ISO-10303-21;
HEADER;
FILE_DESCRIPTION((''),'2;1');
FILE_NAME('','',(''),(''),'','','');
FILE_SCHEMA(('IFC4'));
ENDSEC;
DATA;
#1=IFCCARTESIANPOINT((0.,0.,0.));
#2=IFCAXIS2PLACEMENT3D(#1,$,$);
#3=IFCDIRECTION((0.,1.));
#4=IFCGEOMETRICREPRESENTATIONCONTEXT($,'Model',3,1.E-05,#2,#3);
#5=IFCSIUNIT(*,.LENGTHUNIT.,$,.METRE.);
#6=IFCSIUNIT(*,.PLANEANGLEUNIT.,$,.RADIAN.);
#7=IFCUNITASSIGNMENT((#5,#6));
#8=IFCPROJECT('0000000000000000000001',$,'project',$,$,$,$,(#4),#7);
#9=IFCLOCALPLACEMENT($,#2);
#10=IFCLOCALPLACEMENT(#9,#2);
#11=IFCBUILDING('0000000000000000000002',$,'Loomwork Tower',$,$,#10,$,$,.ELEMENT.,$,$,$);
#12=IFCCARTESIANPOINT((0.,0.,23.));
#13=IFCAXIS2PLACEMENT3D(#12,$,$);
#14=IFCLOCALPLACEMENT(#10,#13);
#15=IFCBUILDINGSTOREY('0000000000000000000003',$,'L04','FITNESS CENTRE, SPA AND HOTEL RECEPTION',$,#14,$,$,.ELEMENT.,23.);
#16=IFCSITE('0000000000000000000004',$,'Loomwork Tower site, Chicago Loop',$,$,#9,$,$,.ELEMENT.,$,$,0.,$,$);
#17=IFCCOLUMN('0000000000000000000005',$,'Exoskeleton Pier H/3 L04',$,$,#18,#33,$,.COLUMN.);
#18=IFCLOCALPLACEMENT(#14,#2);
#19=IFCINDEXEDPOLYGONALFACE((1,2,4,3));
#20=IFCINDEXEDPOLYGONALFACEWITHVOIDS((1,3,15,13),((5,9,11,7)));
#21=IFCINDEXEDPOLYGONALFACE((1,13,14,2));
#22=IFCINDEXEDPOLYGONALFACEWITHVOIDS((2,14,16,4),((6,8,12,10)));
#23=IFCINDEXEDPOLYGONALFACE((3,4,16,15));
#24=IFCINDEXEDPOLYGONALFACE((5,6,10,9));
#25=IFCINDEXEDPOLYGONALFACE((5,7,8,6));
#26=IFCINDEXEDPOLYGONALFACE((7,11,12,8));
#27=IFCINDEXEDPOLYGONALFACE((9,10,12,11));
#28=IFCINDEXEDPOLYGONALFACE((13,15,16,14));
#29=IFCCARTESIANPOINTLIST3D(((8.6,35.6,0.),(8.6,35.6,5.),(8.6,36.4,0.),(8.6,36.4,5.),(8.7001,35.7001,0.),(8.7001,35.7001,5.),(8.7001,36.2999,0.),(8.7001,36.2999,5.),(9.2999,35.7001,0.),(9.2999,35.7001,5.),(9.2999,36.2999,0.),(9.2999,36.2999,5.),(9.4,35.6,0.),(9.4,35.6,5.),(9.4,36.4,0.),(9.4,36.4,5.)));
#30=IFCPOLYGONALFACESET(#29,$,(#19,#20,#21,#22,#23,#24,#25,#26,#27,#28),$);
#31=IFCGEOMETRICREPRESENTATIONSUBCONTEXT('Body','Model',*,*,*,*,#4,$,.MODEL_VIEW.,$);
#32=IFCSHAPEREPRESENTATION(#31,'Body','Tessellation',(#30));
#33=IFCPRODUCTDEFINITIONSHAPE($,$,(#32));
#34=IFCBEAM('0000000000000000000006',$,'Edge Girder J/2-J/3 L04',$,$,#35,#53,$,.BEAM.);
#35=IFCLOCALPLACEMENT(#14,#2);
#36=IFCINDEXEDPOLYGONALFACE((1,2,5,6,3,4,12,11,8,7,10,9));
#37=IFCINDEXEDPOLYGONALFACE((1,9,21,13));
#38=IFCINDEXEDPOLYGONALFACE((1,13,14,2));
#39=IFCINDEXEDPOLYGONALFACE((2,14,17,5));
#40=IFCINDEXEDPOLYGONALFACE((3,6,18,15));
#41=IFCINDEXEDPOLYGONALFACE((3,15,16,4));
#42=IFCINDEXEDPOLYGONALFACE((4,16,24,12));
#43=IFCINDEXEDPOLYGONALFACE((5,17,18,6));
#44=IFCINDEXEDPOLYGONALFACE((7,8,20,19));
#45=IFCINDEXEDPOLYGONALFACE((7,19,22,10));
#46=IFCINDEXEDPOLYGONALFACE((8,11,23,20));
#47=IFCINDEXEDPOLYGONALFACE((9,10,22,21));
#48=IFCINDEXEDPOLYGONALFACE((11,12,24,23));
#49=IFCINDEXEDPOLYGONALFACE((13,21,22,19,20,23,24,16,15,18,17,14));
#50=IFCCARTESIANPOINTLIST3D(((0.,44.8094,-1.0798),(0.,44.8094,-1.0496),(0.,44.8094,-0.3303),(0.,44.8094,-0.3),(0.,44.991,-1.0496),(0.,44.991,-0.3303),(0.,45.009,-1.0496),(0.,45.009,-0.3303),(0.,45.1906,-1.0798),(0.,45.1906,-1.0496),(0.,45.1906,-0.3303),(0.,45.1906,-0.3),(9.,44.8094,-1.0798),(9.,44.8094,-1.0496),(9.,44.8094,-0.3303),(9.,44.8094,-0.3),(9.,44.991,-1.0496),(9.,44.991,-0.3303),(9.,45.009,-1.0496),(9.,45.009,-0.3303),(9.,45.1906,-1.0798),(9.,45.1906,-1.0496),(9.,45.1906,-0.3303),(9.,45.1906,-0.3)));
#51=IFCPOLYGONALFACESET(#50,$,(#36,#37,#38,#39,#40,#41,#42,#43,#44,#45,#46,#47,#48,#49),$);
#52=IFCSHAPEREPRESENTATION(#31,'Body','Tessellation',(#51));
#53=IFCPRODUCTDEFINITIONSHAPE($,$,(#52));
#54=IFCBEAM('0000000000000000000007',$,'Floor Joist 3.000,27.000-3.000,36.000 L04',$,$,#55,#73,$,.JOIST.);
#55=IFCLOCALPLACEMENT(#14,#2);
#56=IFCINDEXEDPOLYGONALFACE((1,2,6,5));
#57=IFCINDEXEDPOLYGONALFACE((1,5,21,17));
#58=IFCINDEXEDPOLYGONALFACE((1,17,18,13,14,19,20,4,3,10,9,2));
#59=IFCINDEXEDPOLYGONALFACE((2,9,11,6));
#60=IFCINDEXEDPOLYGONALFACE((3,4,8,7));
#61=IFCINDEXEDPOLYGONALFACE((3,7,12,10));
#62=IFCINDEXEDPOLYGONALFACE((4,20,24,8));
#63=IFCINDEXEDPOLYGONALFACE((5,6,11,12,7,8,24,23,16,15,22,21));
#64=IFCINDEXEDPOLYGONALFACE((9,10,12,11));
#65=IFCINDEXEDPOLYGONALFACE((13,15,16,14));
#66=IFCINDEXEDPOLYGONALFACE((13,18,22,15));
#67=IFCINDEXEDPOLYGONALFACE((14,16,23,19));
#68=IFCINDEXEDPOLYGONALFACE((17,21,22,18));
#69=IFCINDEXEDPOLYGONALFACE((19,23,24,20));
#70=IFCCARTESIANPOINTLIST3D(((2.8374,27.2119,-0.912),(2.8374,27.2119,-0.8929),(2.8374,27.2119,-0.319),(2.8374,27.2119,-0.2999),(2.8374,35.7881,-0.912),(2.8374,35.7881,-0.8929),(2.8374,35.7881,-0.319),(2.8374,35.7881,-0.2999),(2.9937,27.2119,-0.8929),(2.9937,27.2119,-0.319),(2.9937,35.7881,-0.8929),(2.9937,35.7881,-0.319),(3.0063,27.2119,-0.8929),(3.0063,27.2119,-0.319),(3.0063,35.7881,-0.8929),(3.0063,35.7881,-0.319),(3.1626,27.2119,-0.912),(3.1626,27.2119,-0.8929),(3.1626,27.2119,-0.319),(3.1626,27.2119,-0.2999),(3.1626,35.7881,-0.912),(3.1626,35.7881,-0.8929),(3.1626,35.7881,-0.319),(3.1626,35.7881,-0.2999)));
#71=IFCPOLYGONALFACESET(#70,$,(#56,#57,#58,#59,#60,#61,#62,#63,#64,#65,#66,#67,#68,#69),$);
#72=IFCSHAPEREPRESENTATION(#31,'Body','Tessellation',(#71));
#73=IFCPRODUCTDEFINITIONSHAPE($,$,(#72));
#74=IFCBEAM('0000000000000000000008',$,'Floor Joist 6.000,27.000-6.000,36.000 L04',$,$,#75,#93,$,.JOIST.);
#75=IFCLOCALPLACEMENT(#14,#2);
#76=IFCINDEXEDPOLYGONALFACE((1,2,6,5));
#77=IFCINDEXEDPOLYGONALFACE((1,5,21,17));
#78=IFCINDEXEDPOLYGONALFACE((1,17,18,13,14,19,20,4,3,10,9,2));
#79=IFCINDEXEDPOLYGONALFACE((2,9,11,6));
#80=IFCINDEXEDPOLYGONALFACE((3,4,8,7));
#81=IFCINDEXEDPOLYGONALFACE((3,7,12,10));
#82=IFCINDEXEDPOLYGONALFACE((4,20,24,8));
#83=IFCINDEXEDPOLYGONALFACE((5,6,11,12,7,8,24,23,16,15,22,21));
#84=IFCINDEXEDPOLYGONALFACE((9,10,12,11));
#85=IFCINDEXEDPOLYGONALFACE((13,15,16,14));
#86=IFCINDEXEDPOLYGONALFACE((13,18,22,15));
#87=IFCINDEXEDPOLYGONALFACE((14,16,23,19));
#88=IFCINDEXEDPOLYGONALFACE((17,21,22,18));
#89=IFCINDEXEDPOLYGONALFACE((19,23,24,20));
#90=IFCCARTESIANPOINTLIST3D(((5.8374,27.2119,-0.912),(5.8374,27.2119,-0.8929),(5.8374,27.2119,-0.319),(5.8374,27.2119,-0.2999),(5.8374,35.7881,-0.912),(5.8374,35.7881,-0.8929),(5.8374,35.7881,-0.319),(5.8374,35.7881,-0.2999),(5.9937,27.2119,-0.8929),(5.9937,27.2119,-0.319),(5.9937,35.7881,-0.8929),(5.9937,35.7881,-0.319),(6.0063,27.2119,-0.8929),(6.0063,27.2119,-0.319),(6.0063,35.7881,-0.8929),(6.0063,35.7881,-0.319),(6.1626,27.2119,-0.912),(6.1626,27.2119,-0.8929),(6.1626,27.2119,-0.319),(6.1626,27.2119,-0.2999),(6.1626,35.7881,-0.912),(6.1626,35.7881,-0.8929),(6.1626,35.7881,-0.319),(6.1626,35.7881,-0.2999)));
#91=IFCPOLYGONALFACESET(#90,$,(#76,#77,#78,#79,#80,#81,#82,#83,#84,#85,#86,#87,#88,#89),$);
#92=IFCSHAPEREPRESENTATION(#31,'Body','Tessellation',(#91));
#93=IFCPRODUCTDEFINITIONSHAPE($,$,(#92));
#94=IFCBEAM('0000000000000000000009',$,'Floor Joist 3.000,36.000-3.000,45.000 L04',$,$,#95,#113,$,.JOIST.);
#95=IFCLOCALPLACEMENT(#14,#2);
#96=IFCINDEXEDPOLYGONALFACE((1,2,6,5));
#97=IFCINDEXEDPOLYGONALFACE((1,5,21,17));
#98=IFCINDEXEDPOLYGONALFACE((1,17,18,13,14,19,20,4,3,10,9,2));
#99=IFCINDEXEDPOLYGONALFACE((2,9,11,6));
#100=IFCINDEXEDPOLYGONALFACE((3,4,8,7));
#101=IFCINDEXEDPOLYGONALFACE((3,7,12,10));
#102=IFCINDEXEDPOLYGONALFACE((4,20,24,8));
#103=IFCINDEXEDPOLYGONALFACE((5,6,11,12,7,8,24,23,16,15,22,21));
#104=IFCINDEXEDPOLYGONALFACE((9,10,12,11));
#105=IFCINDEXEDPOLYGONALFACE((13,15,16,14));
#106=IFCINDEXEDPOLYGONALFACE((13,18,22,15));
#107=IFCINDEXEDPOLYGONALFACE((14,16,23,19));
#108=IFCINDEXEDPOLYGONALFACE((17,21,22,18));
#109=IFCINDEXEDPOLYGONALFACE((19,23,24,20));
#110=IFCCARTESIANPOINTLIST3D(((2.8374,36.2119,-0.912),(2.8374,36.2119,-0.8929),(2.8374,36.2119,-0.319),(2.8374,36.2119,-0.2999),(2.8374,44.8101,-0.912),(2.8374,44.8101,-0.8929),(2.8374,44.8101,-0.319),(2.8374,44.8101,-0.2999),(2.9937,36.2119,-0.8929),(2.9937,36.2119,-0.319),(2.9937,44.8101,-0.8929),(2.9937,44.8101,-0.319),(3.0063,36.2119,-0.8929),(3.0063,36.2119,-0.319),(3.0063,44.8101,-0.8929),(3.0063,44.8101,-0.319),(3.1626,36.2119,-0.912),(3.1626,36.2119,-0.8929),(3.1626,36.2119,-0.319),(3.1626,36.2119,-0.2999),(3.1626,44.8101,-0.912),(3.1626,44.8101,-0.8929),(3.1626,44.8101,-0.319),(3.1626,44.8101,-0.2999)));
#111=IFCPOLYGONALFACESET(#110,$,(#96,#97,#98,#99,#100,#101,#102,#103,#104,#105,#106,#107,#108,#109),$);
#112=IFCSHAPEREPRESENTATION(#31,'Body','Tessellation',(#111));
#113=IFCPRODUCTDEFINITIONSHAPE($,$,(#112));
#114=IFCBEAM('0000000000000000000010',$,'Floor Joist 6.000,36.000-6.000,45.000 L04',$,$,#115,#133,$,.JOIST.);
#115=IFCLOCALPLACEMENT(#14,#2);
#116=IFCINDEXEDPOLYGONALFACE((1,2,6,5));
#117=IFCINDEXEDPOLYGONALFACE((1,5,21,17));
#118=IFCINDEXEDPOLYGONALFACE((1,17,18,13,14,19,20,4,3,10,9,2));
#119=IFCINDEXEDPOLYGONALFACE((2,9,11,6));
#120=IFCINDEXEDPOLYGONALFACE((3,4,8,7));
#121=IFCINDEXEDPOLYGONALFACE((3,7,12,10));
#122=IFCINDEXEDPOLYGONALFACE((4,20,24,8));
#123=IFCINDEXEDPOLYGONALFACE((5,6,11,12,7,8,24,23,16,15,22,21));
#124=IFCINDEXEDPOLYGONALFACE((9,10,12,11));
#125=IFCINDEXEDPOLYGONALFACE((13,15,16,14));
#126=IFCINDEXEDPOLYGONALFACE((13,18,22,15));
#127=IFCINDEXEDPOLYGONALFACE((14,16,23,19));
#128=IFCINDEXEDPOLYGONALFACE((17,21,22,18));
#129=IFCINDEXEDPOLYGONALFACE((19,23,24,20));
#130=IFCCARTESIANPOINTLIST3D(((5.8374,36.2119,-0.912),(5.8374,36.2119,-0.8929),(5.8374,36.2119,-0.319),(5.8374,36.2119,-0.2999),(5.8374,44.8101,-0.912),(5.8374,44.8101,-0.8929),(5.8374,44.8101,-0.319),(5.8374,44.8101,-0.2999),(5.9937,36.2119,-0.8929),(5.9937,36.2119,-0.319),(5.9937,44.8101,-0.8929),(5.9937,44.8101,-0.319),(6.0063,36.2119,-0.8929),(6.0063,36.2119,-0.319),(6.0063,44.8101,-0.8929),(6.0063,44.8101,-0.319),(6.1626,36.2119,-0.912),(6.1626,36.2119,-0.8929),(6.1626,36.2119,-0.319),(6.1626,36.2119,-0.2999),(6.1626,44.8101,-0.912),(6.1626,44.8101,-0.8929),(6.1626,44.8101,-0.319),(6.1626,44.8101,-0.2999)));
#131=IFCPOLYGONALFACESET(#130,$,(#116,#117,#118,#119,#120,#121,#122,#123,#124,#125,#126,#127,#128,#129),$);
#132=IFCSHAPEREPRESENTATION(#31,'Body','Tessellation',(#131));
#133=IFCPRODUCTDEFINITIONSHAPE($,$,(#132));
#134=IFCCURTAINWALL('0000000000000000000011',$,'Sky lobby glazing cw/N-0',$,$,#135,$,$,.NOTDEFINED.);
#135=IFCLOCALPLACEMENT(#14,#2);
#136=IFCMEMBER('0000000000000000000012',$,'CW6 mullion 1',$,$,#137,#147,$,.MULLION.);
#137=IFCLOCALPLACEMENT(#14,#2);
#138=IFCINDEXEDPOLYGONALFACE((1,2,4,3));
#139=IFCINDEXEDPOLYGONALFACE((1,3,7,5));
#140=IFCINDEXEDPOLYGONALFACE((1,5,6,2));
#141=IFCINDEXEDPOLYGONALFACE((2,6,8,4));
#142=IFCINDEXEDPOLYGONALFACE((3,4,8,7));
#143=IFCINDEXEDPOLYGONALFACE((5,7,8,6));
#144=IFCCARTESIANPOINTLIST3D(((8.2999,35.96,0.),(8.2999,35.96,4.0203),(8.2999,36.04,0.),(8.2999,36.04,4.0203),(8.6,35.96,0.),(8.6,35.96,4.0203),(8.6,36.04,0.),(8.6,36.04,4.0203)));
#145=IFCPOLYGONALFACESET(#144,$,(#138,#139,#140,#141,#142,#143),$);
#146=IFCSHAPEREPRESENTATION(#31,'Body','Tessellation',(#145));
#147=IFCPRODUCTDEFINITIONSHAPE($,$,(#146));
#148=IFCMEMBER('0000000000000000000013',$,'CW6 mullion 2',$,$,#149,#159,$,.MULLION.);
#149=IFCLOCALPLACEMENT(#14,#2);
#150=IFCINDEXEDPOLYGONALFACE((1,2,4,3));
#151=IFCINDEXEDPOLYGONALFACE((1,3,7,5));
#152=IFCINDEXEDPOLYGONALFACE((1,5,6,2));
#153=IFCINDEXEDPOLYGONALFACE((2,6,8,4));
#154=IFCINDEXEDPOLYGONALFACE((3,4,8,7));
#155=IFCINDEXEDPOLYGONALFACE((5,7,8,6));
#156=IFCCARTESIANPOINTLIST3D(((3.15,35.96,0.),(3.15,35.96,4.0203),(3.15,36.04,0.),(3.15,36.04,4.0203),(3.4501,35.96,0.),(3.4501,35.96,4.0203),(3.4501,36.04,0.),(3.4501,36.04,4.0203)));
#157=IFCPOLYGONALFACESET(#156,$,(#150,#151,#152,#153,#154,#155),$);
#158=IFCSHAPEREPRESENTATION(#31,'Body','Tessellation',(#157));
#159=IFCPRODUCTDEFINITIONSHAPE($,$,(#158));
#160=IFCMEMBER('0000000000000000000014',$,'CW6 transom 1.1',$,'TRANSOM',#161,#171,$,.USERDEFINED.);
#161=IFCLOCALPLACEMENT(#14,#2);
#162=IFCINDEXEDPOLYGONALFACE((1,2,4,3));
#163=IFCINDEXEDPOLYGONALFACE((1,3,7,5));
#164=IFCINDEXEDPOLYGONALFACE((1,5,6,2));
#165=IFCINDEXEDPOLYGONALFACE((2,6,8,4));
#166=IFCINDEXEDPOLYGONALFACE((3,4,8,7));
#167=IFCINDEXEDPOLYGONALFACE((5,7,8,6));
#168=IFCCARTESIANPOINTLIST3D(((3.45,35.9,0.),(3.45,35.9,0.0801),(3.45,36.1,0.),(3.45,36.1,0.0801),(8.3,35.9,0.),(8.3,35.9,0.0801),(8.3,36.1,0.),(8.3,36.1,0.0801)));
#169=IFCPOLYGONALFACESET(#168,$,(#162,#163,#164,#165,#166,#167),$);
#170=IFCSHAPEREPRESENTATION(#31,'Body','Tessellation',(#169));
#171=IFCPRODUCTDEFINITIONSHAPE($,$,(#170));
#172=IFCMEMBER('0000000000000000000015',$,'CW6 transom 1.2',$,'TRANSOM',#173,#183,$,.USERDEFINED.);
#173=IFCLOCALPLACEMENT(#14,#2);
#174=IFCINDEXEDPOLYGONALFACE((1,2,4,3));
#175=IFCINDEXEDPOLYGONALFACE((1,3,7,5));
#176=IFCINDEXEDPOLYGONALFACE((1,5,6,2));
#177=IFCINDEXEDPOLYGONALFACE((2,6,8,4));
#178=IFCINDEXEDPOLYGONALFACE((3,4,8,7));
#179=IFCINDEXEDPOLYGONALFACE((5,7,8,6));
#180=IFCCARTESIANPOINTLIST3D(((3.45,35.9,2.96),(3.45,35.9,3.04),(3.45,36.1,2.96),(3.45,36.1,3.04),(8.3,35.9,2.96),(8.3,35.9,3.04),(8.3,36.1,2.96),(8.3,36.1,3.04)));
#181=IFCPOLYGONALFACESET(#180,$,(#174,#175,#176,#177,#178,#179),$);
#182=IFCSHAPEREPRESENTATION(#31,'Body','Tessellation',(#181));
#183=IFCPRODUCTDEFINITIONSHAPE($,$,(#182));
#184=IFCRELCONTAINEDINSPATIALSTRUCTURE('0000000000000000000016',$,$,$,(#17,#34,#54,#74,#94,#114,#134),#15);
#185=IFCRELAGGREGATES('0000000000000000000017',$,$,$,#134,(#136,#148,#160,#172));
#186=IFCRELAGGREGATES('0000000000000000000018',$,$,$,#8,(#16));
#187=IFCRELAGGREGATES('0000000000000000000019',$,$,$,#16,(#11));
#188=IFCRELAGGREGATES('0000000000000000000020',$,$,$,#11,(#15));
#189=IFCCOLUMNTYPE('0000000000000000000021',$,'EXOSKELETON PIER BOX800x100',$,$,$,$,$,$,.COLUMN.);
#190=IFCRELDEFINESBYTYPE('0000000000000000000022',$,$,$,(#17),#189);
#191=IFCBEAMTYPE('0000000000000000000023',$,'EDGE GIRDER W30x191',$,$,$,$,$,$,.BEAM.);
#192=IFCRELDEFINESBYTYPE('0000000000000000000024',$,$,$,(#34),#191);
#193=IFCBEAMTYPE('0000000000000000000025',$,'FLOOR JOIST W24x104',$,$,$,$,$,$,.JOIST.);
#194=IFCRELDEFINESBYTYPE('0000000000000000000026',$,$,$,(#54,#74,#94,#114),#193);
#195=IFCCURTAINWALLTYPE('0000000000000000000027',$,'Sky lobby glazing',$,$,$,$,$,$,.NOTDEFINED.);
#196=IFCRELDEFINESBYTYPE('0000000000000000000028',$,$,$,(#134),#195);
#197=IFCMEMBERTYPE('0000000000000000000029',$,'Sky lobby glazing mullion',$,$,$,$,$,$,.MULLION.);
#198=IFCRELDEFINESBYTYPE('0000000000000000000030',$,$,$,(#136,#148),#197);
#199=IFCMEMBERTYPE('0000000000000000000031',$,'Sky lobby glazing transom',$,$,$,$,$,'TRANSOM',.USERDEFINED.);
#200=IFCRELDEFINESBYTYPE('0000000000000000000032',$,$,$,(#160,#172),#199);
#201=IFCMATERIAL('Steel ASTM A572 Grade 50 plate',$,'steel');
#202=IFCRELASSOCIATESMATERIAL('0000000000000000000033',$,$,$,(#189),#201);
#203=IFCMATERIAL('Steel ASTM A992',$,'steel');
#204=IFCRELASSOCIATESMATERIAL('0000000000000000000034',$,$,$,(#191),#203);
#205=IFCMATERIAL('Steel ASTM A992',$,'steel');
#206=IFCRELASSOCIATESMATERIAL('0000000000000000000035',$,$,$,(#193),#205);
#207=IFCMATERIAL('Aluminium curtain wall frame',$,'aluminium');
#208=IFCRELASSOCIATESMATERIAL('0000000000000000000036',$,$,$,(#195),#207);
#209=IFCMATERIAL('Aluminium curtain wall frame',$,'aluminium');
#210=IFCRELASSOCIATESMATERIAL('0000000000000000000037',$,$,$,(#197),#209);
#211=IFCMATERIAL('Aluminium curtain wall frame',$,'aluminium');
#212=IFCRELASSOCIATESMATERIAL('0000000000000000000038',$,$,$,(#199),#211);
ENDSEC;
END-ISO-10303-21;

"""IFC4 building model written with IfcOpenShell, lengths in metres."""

from ifc_helpers import new_model, si_unit, direction, frame, origin, origin_2d, place, context, subcontext, project, spatial, rectangle, hollow_rectangle, i_section, extrude, material, material_profile, profile_set, type_object, element, aggregate, save


model = new_model("IFC4")

# Units and contexts
model_context = context("Model", 3, precision=1e-05, world=origin(), true_north=direction((0.0, 1.0)))
body_context = subcontext(model_context, "Body", "Model", "MODEL_VIEW")
ifc_project = project(units=[si_unit("LENGTHUNIT", "METRE"), si_unit("PLANEANGLEUNIT", "RADIAN")], contexts=[model_context])

# Site, building, storey
site_placement = place(None, origin())
site = spatial("IfcSite", under=ifc_project, at=site_placement, Name="Loomwork Tower site, Chicago Loop", CompositionType="ELEMENT", RefElevation=0.0)
building_placement = place(site_placement, origin())
building = spatial("IfcBuilding", under=site, at=building_placement, Name="Loomwork Tower", CompositionType="ELEMENT")
storey_placement = place(building_placement, frame((0.0, 0.0, 23.0)))
storey = spatial("IfcBuildingStorey", under=building, at=storey_placement, Name="L04", Description="FITNESS CENTRE, SPA AND HOTEL RECEPTION", CompositionType="ELEMENT", Elevation=23.0)

# Column
ifc_material_1 = material(Name="Steel ASTM A572 Grade 50 plate", Category="steel")
ifc_material_profile_1 = material_profile(ifc_material_1, hollow_rectangle(XDim=0.8, YDim=0.8, WallThickness=0.1001, at=origin_2d()), Name="BOX800x100")
ifc_profile_set_1 = profile_set([ifc_material_profile_1], Name="Steel ASTM A572 Grade 50 plate")
column_type = type_object("IfcColumnType", Name="EXOSKELETON PIER BOX800x100", PredefinedType="COLUMN", material=ifc_profile_set_1)
column_placement = place(storey_placement, frame((9.0, 36.0, 0.0), z_axis=(0.0, 0.0, 1.0), x_axis=(1.0, 0.0, 0.0)))
element("IfcColumn", 1, at=column_placement, inside=storey, type_object=column_type, Name="Exoskeleton Pier H/3 L04", PredefinedType="COLUMN", context=body_context, shape_type="SweptSolid", body=[
    extrude(hollow_rectangle(XDim=0.8, YDim=0.8, WallThickness=0.1001, at=origin_2d()), origin(), (0.0, 0.0, 1.0), 5.0),
])

# Beams
ifc_material_2 = material(Name="Steel ASTM A992", Category="steel")
ifc_material_profile_2 = material_profile(ifc_material_2, i_section(OverallWidth=0.3811, OverallDepth=0.7798, WebThickness=0.0181, FlangeThickness=0.0303, at=origin_2d()), Name="W30x191")
ifc_profile_set_2 = profile_set([ifc_material_profile_2], Name="Steel ASTM A992")
beam_type_1 = type_object("IfcBeamType", Name="EDGE GIRDER W30x191", PredefinedType="BEAM", material=ifc_profile_set_2)
beam_placement = place(storey_placement, frame((0.0, 45.0, -0.6899), z_axis=(1.0, 0.0, 0.0), x_axis=(0.0, 1.0, 0.0)))
element("IfcBeam", 2, at=beam_placement, inside=storey, type_object=beam_type_1, Name="Edge Girder J/2-J/3 L04", PredefinedType="BEAM", context=body_context, shape_type="SweptSolid", body=[
    extrude(i_section(OverallWidth=0.3811, OverallDepth=0.7798, WebThickness=0.0181, FlangeThickness=0.0303, at=origin_2d()), origin(), (0.0, 0.0, 1.0), 9.0),
])
ifc_material_3 = material(Name="Steel ASTM A992", Category="steel")
ifc_material_profile_3 = material_profile(ifc_material_3, i_section(OverallWidth=0.3252, OverallDepth=0.6121, WebThickness=0.0127, FlangeThickness=0.019, at=origin_2d()), Name="W24x104")
ifc_profile_set_3 = profile_set([ifc_material_profile_3], Name="Steel ASTM A992")
beam_type_2 = type_object("IfcBeamType", Name="FLOOR JOIST W24x104", PredefinedType="JOIST", material=ifc_profile_set_3)
for number, where, z_axis, x_axis, name in (
    (3, (3.0, 27.2119, -0.606), (0.0, 1.0, 0.0), (-1.0, 0.0, 0.0), "Floor Joist 3.000,27.000-3.000,36.000 L04"),
    (4, (6.0, 27.2119, -0.606), (0.0, 1.0, 0.0), (-1.0, 0.0, 0.0), "Floor Joist 6.000,27.000-6.000,36.000 L04"),
):
    element("IfcBeam", number, at=place(storey_placement, frame(where, z_axis=z_axis, x_axis=x_axis)), inside=storey, type_object=beam_type_2, Name=name, PredefinedType="JOIST", context=body_context, shape_type="SweptSolid", body=[
        extrude(i_section(OverallWidth=0.3252, OverallDepth=0.6121, WebThickness=0.0127, FlangeThickness=0.019, at=origin_2d()), origin(), (0.0, 0.0, 1.0), 8.5762),
    ])
for number, where, z_axis, x_axis, name in (
    (5, (3.0, 36.2119, -0.606), (0.0, 1.0, 0.0), (-1.0, 0.0, 0.0), "Floor Joist 3.000,36.000-3.000,45.000 L04"),
    (6, (6.0, 36.2119, -0.606), (0.0, 1.0, 0.0), (-1.0, 0.0, 0.0), "Floor Joist 6.000,36.000-6.000,45.000 L04"),
):
    element("IfcBeam", number, at=place(storey_placement, frame(where, z_axis=z_axis, x_axis=x_axis)), inside=storey, type_object=beam_type_2, Name=name, PredefinedType="JOIST", context=body_context, shape_type="SweptSolid", body=[
        extrude(i_section(OverallWidth=0.3252, OverallDepth=0.6121, WebThickness=0.0127, FlangeThickness=0.019, at=origin_2d()), origin(), (0.0, 0.0, 1.0), 8.5981),
    ])

# Curtain wall, members
ifc_material_4 = material(Name="Aluminium curtain wall frame", Category="aluminium")
curtain_wall_type = type_object("IfcCurtainWallType", Name="Sky lobby glazing", PredefinedType="NOTDEFINED", material=ifc_material_4)
curtain_wall_placement = place(storey_placement, origin())
curtain_wall = element("IfcCurtainWall", 7, at=curtain_wall_placement, inside=storey, type_object=curtain_wall_type, Name="Sky lobby glazing cw/N-0", PredefinedType="NOTDEFINED")
ifc_material_5 = material(Name="Aluminium curtain wall frame", Category="aluminium")
ifc_material_profile_4 = material_profile(ifc_material_5, rectangle(XDim=0.0801, YDim=0.3, at=origin_2d()), Name="AL 80x300")
ifc_profile_set_4 = profile_set([ifc_material_profile_4], Name="Aluminium curtain wall frame")
member_type_1 = type_object("IfcMemberType", Name="Sky lobby glazing mullion", PredefinedType="MULLION", material=ifc_profile_set_4)
member_1_placement = place(storey_placement, frame((8.45, 36.0, 0.0), z_axis=(0.0, 0.0, 1.0), x_axis=(0.0, -1.0, 0.0)))
member_1 = element("IfcMember", 8, at=member_1_placement, type_object=member_type_1, Name="CW6 mullion 1", PredefinedType="MULLION", context=body_context, shape_type="SweptSolid", body=[
    extrude(rectangle(XDim=0.0801, YDim=0.3, at=origin_2d()), origin(), (0.0, 0.0, 1.0), 4.0203),
])
member_2_placement = place(storey_placement, frame((3.3, 36.0, 0.0), z_axis=(0.0, 0.0, 1.0), x_axis=(0.0, -1.0, 0.0)))
member_2 = element("IfcMember", 9, at=member_2_placement, type_object=member_type_1, Name="CW6 mullion 2", PredefinedType="MULLION", context=body_context, shape_type="SweptSolid", body=[
    extrude(rectangle(XDim=0.0801, YDim=0.3, at=origin_2d()), origin(), (0.0, 0.0, 1.0), 4.0203),
])
ifc_material_6 = material(Name="Aluminium curtain wall frame", Category="aluminium")
ifc_material_profile_5 = material_profile(ifc_material_6, rectangle(XDim=0.2, YDim=0.0801, at=origin_2d()), Name="AL 80x200")
ifc_profile_set_5 = profile_set([ifc_material_profile_5], Name="Aluminium curtain wall frame")
member_type_2 = type_object("IfcMemberType", Name="Sky lobby glazing transom", ElementType="TRANSOM", PredefinedType="USERDEFINED", material=ifc_profile_set_5)
member_3_placement = place(storey_placement, frame((8.3, 36.0, 0.04), z_axis=(-1.0, 0.0, 0.0), x_axis=(0.0, -1.0, 0.0)))
member_3 = element("IfcMember", 10, at=member_3_placement, type_object=member_type_2, Name="CW6 transom 1.1", ObjectType="TRANSOM", PredefinedType="USERDEFINED", context=body_context, shape_type="SweptSolid", body=[
    extrude(rectangle(XDim=0.2, YDim=0.0801, at=origin_2d()), origin(), (0.0, 0.0, 1.0), 4.8501),
])
member_4_placement = place(storey_placement, frame((8.3, 36.0, 3.0), z_axis=(-1.0, 0.0, 0.0), x_axis=(0.0, -1.0, 0.0)))
member_4 = element("IfcMember", 11, at=member_4_placement, type_object=member_type_2, Name="CW6 transom 1.2", ObjectType="TRANSOM", PredefinedType="USERDEFINED", context=body_context, shape_type="SweptSolid", body=[
    extrude(rectangle(XDim=0.2, YDim=0.0801, at=origin_2d()), origin(), (0.0, 0.0, 1.0), 4.8501),
])

aggregate(curtain_wall, [member_1, member_2, member_3, member_4])

save(model, "model.ifc")
